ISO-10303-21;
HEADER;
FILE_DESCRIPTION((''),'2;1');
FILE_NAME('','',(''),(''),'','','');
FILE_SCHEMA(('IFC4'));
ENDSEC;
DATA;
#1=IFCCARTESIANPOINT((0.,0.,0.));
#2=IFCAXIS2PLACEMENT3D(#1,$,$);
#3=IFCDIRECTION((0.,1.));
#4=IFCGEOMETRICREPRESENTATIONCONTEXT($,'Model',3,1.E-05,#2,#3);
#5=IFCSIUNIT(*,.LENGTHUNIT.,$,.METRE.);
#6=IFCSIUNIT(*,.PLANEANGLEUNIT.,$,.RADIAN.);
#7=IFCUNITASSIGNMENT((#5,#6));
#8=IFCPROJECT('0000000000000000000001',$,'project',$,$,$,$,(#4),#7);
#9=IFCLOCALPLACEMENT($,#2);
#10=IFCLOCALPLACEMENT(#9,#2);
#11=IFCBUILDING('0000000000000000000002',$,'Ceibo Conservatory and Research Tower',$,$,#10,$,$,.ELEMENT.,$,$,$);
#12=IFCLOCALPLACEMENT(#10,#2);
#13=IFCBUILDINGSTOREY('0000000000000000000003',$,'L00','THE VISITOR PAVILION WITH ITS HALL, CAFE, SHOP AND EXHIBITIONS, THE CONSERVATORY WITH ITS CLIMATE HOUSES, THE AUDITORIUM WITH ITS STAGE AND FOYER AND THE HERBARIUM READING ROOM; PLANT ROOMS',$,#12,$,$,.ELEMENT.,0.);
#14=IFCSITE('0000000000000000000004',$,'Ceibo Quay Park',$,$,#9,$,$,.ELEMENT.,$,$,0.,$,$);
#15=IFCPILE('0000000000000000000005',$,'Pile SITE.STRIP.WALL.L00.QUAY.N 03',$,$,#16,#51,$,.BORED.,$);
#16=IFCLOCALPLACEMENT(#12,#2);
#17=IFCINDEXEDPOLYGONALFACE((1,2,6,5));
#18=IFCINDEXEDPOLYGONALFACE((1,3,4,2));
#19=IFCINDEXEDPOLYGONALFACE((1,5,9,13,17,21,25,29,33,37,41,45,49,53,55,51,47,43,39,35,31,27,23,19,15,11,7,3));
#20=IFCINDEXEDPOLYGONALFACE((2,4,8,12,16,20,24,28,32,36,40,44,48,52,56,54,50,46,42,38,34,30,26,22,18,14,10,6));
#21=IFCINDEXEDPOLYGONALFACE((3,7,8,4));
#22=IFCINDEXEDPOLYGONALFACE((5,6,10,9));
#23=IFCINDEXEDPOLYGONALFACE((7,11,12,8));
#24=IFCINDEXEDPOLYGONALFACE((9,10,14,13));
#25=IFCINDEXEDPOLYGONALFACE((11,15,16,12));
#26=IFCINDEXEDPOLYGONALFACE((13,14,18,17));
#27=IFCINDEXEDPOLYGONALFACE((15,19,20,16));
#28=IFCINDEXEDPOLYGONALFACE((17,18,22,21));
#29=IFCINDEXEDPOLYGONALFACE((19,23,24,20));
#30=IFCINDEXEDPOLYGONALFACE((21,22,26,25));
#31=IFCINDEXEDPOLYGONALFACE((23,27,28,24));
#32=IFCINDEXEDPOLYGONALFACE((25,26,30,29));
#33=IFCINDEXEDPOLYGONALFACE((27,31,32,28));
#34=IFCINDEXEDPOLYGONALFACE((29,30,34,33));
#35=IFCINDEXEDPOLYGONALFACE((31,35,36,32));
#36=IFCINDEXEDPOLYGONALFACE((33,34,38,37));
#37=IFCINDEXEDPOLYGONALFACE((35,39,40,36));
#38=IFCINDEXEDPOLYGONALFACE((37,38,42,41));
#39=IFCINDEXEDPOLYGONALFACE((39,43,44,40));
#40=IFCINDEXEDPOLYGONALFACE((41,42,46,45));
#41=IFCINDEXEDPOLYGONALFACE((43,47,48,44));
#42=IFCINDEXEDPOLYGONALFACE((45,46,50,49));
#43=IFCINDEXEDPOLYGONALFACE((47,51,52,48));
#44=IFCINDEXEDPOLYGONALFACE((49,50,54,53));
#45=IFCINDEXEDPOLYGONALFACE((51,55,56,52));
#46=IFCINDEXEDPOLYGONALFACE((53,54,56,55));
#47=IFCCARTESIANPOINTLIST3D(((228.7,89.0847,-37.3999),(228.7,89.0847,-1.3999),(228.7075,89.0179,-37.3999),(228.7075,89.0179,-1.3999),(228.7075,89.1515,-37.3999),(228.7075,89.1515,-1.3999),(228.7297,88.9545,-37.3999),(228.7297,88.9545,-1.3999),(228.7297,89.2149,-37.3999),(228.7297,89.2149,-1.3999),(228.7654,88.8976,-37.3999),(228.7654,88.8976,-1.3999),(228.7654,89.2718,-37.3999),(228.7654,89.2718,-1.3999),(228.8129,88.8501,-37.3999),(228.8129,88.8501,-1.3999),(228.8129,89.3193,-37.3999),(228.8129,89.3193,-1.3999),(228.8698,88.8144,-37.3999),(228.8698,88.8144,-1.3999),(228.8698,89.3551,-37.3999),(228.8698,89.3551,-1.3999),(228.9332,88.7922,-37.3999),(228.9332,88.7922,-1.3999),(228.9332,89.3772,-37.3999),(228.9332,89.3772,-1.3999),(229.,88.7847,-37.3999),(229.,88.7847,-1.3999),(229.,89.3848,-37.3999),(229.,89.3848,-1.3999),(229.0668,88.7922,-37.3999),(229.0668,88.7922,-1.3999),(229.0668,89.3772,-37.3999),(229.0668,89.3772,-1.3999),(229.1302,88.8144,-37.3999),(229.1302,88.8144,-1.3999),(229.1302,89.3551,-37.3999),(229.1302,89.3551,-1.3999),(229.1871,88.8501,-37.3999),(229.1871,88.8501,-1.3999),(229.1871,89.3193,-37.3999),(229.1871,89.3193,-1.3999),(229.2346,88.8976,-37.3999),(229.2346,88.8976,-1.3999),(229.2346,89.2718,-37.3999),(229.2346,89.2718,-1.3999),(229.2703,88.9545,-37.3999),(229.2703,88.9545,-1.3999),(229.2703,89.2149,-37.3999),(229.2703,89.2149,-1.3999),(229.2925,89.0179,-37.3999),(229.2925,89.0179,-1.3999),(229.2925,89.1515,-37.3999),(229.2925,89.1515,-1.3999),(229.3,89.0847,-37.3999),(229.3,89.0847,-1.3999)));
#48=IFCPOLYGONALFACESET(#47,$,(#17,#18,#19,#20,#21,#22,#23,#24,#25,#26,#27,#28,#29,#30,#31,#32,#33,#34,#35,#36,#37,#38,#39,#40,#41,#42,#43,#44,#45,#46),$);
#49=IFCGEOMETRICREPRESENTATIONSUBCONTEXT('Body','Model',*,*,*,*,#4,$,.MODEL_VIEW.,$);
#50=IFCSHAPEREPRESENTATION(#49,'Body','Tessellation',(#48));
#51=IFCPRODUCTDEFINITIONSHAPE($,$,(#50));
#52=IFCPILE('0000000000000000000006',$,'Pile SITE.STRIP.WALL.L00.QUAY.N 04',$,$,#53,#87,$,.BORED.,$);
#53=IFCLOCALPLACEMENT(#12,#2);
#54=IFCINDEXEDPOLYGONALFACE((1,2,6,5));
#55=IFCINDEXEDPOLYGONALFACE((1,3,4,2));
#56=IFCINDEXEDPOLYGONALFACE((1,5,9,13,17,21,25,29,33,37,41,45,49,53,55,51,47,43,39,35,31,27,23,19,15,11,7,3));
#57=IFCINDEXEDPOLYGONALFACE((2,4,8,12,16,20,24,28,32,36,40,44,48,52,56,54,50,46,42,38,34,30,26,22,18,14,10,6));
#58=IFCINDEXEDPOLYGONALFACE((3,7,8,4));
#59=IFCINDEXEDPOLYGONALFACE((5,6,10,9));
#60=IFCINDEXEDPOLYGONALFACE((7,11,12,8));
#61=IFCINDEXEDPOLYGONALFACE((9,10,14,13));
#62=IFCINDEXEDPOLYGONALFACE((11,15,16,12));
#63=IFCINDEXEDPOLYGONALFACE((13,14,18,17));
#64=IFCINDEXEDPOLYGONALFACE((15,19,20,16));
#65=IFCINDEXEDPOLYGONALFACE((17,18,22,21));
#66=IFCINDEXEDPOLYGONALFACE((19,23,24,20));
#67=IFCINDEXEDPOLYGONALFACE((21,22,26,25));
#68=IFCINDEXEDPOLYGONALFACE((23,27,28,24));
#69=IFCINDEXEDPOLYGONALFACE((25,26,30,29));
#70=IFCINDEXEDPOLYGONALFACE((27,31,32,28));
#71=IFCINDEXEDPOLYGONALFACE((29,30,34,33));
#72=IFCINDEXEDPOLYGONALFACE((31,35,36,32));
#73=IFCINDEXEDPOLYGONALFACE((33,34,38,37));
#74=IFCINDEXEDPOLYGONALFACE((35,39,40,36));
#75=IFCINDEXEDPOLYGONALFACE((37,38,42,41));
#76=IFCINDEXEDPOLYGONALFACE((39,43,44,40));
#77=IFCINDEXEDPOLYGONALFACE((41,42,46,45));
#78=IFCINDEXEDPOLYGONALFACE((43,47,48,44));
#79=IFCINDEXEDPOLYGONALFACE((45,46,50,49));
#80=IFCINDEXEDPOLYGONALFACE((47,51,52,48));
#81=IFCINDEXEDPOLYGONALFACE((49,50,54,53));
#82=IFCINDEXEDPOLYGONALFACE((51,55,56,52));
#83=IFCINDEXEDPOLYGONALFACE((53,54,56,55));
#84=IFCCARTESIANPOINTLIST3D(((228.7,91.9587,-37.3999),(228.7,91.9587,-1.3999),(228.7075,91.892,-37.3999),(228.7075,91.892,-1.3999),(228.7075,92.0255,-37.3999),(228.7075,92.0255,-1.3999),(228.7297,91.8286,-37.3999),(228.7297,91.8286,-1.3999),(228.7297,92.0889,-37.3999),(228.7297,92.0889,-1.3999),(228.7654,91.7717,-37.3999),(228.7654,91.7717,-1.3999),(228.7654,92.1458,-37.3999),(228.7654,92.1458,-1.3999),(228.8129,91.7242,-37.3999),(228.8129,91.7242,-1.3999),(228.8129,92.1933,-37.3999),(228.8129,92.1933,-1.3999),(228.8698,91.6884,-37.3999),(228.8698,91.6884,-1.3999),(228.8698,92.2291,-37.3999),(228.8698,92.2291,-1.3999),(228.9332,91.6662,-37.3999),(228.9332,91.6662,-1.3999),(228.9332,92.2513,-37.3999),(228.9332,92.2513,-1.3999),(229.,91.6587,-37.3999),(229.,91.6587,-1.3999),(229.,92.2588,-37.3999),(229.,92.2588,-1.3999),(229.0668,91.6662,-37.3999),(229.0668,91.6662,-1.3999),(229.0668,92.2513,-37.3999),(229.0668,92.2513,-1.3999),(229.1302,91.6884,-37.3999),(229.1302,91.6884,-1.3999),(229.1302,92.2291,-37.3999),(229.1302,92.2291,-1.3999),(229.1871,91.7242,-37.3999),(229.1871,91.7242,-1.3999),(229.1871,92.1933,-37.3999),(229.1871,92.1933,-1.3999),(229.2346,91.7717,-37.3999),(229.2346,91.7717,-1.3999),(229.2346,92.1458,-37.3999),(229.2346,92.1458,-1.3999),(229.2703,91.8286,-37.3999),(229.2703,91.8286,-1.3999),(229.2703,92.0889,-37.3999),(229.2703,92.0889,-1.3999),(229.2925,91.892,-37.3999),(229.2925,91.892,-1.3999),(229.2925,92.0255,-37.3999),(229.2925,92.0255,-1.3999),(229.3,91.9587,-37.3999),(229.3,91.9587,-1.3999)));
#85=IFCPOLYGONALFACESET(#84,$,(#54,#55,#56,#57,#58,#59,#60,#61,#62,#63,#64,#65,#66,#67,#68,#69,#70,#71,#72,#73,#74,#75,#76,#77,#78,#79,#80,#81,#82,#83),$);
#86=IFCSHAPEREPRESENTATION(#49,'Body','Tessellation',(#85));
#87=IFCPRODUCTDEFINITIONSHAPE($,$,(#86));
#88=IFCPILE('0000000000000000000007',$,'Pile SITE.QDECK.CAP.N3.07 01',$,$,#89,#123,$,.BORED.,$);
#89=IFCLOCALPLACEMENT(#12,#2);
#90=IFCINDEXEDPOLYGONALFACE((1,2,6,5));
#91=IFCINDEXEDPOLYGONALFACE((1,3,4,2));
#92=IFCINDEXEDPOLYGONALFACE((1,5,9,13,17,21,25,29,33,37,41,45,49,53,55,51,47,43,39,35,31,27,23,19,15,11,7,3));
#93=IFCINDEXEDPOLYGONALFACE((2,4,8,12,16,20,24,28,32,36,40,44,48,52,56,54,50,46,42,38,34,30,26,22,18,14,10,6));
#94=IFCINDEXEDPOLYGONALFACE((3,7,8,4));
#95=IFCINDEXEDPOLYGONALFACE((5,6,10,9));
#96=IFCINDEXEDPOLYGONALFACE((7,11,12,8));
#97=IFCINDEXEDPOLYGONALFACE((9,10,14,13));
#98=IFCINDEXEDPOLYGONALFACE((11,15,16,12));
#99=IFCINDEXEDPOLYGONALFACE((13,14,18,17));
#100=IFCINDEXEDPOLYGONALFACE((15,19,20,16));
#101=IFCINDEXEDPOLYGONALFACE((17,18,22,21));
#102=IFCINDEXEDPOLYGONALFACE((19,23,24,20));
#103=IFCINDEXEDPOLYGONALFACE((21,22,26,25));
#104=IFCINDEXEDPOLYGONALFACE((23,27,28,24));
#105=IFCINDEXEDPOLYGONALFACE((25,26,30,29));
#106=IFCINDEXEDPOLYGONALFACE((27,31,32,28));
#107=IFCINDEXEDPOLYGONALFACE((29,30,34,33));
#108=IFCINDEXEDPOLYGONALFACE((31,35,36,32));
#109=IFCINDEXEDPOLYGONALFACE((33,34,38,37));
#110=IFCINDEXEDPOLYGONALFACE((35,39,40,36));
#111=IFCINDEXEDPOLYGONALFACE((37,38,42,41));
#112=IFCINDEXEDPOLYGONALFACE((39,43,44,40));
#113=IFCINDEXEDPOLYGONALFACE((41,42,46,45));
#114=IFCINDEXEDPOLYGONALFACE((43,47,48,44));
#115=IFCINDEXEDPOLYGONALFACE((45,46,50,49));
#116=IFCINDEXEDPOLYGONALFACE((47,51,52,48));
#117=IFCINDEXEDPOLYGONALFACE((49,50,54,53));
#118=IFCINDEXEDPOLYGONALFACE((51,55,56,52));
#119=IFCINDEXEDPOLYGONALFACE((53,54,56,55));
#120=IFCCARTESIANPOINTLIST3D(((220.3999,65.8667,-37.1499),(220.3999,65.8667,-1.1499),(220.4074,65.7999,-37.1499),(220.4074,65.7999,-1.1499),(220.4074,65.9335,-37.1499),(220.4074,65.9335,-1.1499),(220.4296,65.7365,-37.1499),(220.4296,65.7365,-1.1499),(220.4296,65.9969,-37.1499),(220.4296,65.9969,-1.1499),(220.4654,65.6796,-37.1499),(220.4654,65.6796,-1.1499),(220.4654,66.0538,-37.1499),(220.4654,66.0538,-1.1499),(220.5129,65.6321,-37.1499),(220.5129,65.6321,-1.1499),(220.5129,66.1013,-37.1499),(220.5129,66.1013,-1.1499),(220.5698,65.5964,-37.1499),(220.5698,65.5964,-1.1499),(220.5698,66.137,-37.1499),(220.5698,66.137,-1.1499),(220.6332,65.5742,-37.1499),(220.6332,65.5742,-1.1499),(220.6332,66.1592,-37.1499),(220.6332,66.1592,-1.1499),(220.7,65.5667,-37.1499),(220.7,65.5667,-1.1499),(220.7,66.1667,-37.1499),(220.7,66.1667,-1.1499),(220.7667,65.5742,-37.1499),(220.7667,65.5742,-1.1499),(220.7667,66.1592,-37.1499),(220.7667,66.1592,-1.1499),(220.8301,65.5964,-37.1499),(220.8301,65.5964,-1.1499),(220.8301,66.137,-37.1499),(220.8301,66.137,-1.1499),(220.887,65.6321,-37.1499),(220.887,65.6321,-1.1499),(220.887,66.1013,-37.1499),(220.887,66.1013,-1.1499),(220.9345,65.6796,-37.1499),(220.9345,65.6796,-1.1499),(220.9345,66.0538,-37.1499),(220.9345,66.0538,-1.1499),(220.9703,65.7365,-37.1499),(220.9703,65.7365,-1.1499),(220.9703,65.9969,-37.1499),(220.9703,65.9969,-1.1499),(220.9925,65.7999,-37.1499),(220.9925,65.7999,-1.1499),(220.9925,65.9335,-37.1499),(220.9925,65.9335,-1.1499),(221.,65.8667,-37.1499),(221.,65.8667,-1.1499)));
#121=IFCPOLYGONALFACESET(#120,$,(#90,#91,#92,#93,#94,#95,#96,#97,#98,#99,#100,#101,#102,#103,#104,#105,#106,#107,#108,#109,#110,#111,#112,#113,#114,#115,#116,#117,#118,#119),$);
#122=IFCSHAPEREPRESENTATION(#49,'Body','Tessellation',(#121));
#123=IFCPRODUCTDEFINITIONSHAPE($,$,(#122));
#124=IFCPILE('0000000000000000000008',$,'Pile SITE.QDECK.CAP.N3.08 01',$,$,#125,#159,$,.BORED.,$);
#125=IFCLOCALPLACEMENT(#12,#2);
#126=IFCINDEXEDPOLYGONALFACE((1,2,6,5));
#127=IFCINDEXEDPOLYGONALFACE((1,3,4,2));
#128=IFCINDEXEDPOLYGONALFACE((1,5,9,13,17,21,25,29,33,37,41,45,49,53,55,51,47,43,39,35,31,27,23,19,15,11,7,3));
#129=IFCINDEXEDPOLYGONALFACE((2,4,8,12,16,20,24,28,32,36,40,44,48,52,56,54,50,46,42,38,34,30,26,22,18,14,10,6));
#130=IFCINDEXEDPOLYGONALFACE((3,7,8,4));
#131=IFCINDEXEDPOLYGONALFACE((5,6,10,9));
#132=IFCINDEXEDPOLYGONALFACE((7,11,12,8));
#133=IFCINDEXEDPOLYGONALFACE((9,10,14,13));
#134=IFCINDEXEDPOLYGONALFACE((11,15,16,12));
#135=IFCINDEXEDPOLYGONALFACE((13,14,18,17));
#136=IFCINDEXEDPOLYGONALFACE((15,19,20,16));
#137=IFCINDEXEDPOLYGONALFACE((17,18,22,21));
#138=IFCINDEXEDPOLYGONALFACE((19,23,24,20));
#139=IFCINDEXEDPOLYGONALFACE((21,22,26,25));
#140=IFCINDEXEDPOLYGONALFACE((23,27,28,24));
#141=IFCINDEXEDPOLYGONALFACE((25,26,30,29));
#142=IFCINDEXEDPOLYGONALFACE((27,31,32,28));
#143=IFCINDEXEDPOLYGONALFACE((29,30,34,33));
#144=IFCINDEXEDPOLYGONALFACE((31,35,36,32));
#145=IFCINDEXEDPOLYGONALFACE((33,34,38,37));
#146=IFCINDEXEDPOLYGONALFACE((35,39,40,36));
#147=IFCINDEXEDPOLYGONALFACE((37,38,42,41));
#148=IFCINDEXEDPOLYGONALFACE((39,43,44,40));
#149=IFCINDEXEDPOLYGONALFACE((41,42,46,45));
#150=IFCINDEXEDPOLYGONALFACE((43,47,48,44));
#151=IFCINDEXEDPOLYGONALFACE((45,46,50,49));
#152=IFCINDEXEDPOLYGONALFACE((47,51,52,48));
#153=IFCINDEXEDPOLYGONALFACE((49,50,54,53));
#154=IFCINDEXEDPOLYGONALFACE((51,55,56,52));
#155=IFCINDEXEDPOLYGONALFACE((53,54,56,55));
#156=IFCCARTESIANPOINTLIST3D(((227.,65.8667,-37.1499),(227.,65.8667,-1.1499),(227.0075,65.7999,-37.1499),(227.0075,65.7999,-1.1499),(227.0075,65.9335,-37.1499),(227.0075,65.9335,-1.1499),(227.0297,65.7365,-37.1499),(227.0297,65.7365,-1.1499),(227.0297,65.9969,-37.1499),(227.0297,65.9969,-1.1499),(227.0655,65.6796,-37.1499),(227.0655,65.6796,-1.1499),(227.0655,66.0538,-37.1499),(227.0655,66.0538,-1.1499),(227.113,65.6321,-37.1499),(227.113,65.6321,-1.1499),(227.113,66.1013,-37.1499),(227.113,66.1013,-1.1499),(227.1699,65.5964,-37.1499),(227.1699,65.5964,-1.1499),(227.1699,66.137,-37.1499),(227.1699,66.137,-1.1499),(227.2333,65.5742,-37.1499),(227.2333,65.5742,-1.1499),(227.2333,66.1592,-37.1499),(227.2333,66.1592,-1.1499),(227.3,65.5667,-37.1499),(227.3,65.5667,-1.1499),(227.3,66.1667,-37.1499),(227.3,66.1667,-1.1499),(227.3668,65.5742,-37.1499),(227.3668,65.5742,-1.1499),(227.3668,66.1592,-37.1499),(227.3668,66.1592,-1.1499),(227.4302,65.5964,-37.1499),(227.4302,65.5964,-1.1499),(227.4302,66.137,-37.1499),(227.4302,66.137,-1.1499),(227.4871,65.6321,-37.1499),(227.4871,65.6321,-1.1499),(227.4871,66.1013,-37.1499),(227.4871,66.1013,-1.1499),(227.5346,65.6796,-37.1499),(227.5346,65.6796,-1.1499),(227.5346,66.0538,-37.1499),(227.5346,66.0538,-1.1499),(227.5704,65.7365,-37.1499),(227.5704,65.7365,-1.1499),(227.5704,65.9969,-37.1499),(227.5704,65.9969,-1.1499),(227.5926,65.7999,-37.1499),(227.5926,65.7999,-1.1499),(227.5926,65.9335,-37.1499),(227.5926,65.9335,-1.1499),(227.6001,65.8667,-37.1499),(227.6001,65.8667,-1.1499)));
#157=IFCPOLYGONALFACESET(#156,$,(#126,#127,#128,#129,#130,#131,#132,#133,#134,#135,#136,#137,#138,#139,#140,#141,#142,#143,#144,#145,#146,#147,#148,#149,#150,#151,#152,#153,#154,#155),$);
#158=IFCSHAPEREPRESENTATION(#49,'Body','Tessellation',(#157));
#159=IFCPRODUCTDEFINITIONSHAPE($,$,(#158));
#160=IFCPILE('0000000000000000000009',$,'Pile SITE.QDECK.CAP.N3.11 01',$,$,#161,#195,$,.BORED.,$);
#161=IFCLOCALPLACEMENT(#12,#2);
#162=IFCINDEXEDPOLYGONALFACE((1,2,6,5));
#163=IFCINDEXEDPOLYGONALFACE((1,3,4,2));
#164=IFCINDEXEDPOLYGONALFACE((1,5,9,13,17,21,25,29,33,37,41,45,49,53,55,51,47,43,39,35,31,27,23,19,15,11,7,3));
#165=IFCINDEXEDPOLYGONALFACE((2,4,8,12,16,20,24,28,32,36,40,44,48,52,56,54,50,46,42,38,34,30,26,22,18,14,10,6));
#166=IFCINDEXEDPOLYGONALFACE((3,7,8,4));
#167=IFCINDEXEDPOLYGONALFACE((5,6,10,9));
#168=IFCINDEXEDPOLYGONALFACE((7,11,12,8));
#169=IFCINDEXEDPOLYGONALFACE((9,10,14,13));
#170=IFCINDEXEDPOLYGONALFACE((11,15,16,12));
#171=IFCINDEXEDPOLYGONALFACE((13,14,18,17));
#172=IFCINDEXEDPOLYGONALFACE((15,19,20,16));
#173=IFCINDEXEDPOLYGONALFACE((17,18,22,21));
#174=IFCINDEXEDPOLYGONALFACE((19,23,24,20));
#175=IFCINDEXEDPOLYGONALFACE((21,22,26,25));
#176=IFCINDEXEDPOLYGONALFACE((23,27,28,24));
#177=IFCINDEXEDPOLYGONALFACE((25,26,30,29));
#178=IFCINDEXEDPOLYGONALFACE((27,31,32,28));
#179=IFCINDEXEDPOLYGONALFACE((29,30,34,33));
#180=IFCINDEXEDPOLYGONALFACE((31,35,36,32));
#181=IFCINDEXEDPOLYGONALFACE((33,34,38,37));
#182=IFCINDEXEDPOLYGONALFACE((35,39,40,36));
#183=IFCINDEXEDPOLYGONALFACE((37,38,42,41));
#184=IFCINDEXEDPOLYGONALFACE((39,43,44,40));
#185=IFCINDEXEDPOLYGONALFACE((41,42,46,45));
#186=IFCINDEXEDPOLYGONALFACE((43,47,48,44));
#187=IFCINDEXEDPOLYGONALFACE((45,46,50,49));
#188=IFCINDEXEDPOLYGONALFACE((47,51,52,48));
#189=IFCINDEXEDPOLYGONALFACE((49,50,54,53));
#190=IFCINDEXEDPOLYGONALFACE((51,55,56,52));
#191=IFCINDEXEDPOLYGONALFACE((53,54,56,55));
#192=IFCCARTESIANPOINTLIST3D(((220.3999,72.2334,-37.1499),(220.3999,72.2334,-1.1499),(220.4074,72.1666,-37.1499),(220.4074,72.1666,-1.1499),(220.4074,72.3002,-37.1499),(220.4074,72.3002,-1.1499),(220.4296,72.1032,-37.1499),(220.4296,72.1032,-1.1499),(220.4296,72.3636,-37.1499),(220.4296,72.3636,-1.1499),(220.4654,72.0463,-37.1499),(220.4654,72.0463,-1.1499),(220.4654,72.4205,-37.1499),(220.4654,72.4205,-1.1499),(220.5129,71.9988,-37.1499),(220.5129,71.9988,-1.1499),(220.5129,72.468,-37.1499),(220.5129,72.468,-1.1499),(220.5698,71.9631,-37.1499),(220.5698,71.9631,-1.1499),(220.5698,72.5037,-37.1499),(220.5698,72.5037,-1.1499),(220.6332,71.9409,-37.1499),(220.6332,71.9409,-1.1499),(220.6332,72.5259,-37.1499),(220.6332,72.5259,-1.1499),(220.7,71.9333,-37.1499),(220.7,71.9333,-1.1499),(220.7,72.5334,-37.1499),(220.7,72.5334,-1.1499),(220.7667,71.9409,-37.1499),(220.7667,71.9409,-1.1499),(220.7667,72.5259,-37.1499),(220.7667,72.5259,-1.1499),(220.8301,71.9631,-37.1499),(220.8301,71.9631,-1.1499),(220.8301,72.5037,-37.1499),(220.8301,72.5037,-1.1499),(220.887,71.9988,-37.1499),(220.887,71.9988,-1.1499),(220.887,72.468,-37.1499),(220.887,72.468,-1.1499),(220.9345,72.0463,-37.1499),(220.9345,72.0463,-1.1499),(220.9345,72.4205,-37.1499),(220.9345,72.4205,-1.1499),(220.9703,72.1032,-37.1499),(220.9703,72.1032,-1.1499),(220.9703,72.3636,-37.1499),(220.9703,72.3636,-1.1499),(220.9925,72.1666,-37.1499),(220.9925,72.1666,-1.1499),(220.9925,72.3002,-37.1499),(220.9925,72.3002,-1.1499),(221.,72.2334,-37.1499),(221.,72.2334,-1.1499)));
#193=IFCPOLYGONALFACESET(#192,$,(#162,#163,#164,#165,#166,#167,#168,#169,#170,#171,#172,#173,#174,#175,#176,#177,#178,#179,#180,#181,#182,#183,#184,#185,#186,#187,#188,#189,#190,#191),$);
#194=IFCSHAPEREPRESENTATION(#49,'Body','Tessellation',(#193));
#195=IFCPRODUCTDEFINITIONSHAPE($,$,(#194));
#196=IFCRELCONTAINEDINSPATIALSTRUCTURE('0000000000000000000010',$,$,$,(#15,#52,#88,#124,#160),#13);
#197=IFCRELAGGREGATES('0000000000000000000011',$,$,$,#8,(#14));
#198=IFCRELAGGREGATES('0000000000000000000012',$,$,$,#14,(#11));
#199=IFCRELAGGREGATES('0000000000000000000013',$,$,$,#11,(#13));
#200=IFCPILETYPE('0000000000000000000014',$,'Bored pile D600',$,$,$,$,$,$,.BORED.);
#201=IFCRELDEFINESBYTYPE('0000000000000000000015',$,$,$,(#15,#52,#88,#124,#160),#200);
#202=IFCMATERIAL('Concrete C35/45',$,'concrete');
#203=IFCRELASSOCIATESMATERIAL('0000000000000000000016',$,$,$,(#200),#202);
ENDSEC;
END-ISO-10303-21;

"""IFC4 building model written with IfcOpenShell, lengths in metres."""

from ifc_helpers import new_model, si_unit, direction, frame, origin, origin_2d, place, context, subcontext, project, spatial, circle, extrude, material, material_profile, profile_set, type_object, element, save


model = new_model("IFC4")

# Units and contexts
model_context = context("Model", 3, precision=1e-05, world=origin(), true_north=direction((0.0, 1.0)))
body_context = subcontext(model_context, "Body", "Model", "MODEL_VIEW")
ifc_project = project(units=[si_unit("LENGTHUNIT", "METRE"), si_unit("PLANEANGLEUNIT", "RADIAN")], contexts=[model_context])

# Site, building, storey
site_placement = place(None, origin())
site = spatial("IfcSite", under=ifc_project, at=site_placement, Name="Ceibo Quay Park", CompositionType="ELEMENT", RefElevation=0.0)
building_placement = place(site_placement, origin())
building = spatial("IfcBuilding", under=site, at=building_placement, Name="Ceibo Conservatory and Research Tower", CompositionType="ELEMENT")
storey_placement = place(building_placement, origin())
storey = spatial("IfcBuildingStorey", under=building, at=storey_placement, Name="L00", Description="THE VISITOR PAVILION WITH ITS HALL, CAFE, SHOP AND EXHIBITIONS, THE CONSERVATORY WITH ITS CLIMATE HOUSES, THE AUDITORIUM WITH ITS STAGE AND FOYER AND THE HERBARIUM READING ROOM; PLANT ROOMS", CompositionType="ELEMENT", Elevation=0.0)

# Piles
ifc_material_1 = material(Name="Concrete C35/45", Category="concrete")
ifc_material_profile = material_profile(ifc_material_1, circle(Radius=0.3, at=origin_2d()), Name="RC D600")
ifc_profile_set = profile_set([ifc_material_profile], Name="Concrete C35/45")
pile_type = type_object("IfcPileType", Name="Bored pile D600", PredefinedType="BORED", material=ifc_profile_set)
for number, where, z_axis, x_axis, name in (
    (1, (229.0, 89.0847, -1.3999), (0.0, 0.0, -1.0), (1.0, 0.0, 0.0), "Pile SITE.STRIP.WALL.L00.QUAY.N 03"),
    (2, (229.0, 91.9587, -1.3999), (0.0, 0.0, -1.0), (1.0, 0.0, 0.0), "Pile SITE.STRIP.WALL.L00.QUAY.N 04"),
    (3, (220.7, 65.8667, -1.1499), (0.0, 0.0, -1.0), (1.0, 0.0, 0.0), "Pile SITE.QDECK.CAP.N3.07 01"),
    (4, (227.3, 65.8667, -1.1499), (0.0, 0.0, -1.0), (1.0, 0.0, 0.0), "Pile SITE.QDECK.CAP.N3.08 01"),
    (5, (220.7, 72.2334, -1.1499), (0.0, 0.0, -1.0), (1.0, 0.0, 0.0), "Pile SITE.QDECK.CAP.N3.11 01"),
):
    element("IfcPile", number, at=place(storey_placement, frame(where, z_axis=z_axis, x_axis=x_axis)), inside=storey, type_object=pile_type, Name=name, PredefinedType="BORED", context=body_context, shape_type="SweptSolid", body=[
        extrude(circle(Radius=0.3, at=origin_2d()), origin(), (0.0, 0.0, 1.0), 36.0),
    ])

save(model, "model.ifc")
